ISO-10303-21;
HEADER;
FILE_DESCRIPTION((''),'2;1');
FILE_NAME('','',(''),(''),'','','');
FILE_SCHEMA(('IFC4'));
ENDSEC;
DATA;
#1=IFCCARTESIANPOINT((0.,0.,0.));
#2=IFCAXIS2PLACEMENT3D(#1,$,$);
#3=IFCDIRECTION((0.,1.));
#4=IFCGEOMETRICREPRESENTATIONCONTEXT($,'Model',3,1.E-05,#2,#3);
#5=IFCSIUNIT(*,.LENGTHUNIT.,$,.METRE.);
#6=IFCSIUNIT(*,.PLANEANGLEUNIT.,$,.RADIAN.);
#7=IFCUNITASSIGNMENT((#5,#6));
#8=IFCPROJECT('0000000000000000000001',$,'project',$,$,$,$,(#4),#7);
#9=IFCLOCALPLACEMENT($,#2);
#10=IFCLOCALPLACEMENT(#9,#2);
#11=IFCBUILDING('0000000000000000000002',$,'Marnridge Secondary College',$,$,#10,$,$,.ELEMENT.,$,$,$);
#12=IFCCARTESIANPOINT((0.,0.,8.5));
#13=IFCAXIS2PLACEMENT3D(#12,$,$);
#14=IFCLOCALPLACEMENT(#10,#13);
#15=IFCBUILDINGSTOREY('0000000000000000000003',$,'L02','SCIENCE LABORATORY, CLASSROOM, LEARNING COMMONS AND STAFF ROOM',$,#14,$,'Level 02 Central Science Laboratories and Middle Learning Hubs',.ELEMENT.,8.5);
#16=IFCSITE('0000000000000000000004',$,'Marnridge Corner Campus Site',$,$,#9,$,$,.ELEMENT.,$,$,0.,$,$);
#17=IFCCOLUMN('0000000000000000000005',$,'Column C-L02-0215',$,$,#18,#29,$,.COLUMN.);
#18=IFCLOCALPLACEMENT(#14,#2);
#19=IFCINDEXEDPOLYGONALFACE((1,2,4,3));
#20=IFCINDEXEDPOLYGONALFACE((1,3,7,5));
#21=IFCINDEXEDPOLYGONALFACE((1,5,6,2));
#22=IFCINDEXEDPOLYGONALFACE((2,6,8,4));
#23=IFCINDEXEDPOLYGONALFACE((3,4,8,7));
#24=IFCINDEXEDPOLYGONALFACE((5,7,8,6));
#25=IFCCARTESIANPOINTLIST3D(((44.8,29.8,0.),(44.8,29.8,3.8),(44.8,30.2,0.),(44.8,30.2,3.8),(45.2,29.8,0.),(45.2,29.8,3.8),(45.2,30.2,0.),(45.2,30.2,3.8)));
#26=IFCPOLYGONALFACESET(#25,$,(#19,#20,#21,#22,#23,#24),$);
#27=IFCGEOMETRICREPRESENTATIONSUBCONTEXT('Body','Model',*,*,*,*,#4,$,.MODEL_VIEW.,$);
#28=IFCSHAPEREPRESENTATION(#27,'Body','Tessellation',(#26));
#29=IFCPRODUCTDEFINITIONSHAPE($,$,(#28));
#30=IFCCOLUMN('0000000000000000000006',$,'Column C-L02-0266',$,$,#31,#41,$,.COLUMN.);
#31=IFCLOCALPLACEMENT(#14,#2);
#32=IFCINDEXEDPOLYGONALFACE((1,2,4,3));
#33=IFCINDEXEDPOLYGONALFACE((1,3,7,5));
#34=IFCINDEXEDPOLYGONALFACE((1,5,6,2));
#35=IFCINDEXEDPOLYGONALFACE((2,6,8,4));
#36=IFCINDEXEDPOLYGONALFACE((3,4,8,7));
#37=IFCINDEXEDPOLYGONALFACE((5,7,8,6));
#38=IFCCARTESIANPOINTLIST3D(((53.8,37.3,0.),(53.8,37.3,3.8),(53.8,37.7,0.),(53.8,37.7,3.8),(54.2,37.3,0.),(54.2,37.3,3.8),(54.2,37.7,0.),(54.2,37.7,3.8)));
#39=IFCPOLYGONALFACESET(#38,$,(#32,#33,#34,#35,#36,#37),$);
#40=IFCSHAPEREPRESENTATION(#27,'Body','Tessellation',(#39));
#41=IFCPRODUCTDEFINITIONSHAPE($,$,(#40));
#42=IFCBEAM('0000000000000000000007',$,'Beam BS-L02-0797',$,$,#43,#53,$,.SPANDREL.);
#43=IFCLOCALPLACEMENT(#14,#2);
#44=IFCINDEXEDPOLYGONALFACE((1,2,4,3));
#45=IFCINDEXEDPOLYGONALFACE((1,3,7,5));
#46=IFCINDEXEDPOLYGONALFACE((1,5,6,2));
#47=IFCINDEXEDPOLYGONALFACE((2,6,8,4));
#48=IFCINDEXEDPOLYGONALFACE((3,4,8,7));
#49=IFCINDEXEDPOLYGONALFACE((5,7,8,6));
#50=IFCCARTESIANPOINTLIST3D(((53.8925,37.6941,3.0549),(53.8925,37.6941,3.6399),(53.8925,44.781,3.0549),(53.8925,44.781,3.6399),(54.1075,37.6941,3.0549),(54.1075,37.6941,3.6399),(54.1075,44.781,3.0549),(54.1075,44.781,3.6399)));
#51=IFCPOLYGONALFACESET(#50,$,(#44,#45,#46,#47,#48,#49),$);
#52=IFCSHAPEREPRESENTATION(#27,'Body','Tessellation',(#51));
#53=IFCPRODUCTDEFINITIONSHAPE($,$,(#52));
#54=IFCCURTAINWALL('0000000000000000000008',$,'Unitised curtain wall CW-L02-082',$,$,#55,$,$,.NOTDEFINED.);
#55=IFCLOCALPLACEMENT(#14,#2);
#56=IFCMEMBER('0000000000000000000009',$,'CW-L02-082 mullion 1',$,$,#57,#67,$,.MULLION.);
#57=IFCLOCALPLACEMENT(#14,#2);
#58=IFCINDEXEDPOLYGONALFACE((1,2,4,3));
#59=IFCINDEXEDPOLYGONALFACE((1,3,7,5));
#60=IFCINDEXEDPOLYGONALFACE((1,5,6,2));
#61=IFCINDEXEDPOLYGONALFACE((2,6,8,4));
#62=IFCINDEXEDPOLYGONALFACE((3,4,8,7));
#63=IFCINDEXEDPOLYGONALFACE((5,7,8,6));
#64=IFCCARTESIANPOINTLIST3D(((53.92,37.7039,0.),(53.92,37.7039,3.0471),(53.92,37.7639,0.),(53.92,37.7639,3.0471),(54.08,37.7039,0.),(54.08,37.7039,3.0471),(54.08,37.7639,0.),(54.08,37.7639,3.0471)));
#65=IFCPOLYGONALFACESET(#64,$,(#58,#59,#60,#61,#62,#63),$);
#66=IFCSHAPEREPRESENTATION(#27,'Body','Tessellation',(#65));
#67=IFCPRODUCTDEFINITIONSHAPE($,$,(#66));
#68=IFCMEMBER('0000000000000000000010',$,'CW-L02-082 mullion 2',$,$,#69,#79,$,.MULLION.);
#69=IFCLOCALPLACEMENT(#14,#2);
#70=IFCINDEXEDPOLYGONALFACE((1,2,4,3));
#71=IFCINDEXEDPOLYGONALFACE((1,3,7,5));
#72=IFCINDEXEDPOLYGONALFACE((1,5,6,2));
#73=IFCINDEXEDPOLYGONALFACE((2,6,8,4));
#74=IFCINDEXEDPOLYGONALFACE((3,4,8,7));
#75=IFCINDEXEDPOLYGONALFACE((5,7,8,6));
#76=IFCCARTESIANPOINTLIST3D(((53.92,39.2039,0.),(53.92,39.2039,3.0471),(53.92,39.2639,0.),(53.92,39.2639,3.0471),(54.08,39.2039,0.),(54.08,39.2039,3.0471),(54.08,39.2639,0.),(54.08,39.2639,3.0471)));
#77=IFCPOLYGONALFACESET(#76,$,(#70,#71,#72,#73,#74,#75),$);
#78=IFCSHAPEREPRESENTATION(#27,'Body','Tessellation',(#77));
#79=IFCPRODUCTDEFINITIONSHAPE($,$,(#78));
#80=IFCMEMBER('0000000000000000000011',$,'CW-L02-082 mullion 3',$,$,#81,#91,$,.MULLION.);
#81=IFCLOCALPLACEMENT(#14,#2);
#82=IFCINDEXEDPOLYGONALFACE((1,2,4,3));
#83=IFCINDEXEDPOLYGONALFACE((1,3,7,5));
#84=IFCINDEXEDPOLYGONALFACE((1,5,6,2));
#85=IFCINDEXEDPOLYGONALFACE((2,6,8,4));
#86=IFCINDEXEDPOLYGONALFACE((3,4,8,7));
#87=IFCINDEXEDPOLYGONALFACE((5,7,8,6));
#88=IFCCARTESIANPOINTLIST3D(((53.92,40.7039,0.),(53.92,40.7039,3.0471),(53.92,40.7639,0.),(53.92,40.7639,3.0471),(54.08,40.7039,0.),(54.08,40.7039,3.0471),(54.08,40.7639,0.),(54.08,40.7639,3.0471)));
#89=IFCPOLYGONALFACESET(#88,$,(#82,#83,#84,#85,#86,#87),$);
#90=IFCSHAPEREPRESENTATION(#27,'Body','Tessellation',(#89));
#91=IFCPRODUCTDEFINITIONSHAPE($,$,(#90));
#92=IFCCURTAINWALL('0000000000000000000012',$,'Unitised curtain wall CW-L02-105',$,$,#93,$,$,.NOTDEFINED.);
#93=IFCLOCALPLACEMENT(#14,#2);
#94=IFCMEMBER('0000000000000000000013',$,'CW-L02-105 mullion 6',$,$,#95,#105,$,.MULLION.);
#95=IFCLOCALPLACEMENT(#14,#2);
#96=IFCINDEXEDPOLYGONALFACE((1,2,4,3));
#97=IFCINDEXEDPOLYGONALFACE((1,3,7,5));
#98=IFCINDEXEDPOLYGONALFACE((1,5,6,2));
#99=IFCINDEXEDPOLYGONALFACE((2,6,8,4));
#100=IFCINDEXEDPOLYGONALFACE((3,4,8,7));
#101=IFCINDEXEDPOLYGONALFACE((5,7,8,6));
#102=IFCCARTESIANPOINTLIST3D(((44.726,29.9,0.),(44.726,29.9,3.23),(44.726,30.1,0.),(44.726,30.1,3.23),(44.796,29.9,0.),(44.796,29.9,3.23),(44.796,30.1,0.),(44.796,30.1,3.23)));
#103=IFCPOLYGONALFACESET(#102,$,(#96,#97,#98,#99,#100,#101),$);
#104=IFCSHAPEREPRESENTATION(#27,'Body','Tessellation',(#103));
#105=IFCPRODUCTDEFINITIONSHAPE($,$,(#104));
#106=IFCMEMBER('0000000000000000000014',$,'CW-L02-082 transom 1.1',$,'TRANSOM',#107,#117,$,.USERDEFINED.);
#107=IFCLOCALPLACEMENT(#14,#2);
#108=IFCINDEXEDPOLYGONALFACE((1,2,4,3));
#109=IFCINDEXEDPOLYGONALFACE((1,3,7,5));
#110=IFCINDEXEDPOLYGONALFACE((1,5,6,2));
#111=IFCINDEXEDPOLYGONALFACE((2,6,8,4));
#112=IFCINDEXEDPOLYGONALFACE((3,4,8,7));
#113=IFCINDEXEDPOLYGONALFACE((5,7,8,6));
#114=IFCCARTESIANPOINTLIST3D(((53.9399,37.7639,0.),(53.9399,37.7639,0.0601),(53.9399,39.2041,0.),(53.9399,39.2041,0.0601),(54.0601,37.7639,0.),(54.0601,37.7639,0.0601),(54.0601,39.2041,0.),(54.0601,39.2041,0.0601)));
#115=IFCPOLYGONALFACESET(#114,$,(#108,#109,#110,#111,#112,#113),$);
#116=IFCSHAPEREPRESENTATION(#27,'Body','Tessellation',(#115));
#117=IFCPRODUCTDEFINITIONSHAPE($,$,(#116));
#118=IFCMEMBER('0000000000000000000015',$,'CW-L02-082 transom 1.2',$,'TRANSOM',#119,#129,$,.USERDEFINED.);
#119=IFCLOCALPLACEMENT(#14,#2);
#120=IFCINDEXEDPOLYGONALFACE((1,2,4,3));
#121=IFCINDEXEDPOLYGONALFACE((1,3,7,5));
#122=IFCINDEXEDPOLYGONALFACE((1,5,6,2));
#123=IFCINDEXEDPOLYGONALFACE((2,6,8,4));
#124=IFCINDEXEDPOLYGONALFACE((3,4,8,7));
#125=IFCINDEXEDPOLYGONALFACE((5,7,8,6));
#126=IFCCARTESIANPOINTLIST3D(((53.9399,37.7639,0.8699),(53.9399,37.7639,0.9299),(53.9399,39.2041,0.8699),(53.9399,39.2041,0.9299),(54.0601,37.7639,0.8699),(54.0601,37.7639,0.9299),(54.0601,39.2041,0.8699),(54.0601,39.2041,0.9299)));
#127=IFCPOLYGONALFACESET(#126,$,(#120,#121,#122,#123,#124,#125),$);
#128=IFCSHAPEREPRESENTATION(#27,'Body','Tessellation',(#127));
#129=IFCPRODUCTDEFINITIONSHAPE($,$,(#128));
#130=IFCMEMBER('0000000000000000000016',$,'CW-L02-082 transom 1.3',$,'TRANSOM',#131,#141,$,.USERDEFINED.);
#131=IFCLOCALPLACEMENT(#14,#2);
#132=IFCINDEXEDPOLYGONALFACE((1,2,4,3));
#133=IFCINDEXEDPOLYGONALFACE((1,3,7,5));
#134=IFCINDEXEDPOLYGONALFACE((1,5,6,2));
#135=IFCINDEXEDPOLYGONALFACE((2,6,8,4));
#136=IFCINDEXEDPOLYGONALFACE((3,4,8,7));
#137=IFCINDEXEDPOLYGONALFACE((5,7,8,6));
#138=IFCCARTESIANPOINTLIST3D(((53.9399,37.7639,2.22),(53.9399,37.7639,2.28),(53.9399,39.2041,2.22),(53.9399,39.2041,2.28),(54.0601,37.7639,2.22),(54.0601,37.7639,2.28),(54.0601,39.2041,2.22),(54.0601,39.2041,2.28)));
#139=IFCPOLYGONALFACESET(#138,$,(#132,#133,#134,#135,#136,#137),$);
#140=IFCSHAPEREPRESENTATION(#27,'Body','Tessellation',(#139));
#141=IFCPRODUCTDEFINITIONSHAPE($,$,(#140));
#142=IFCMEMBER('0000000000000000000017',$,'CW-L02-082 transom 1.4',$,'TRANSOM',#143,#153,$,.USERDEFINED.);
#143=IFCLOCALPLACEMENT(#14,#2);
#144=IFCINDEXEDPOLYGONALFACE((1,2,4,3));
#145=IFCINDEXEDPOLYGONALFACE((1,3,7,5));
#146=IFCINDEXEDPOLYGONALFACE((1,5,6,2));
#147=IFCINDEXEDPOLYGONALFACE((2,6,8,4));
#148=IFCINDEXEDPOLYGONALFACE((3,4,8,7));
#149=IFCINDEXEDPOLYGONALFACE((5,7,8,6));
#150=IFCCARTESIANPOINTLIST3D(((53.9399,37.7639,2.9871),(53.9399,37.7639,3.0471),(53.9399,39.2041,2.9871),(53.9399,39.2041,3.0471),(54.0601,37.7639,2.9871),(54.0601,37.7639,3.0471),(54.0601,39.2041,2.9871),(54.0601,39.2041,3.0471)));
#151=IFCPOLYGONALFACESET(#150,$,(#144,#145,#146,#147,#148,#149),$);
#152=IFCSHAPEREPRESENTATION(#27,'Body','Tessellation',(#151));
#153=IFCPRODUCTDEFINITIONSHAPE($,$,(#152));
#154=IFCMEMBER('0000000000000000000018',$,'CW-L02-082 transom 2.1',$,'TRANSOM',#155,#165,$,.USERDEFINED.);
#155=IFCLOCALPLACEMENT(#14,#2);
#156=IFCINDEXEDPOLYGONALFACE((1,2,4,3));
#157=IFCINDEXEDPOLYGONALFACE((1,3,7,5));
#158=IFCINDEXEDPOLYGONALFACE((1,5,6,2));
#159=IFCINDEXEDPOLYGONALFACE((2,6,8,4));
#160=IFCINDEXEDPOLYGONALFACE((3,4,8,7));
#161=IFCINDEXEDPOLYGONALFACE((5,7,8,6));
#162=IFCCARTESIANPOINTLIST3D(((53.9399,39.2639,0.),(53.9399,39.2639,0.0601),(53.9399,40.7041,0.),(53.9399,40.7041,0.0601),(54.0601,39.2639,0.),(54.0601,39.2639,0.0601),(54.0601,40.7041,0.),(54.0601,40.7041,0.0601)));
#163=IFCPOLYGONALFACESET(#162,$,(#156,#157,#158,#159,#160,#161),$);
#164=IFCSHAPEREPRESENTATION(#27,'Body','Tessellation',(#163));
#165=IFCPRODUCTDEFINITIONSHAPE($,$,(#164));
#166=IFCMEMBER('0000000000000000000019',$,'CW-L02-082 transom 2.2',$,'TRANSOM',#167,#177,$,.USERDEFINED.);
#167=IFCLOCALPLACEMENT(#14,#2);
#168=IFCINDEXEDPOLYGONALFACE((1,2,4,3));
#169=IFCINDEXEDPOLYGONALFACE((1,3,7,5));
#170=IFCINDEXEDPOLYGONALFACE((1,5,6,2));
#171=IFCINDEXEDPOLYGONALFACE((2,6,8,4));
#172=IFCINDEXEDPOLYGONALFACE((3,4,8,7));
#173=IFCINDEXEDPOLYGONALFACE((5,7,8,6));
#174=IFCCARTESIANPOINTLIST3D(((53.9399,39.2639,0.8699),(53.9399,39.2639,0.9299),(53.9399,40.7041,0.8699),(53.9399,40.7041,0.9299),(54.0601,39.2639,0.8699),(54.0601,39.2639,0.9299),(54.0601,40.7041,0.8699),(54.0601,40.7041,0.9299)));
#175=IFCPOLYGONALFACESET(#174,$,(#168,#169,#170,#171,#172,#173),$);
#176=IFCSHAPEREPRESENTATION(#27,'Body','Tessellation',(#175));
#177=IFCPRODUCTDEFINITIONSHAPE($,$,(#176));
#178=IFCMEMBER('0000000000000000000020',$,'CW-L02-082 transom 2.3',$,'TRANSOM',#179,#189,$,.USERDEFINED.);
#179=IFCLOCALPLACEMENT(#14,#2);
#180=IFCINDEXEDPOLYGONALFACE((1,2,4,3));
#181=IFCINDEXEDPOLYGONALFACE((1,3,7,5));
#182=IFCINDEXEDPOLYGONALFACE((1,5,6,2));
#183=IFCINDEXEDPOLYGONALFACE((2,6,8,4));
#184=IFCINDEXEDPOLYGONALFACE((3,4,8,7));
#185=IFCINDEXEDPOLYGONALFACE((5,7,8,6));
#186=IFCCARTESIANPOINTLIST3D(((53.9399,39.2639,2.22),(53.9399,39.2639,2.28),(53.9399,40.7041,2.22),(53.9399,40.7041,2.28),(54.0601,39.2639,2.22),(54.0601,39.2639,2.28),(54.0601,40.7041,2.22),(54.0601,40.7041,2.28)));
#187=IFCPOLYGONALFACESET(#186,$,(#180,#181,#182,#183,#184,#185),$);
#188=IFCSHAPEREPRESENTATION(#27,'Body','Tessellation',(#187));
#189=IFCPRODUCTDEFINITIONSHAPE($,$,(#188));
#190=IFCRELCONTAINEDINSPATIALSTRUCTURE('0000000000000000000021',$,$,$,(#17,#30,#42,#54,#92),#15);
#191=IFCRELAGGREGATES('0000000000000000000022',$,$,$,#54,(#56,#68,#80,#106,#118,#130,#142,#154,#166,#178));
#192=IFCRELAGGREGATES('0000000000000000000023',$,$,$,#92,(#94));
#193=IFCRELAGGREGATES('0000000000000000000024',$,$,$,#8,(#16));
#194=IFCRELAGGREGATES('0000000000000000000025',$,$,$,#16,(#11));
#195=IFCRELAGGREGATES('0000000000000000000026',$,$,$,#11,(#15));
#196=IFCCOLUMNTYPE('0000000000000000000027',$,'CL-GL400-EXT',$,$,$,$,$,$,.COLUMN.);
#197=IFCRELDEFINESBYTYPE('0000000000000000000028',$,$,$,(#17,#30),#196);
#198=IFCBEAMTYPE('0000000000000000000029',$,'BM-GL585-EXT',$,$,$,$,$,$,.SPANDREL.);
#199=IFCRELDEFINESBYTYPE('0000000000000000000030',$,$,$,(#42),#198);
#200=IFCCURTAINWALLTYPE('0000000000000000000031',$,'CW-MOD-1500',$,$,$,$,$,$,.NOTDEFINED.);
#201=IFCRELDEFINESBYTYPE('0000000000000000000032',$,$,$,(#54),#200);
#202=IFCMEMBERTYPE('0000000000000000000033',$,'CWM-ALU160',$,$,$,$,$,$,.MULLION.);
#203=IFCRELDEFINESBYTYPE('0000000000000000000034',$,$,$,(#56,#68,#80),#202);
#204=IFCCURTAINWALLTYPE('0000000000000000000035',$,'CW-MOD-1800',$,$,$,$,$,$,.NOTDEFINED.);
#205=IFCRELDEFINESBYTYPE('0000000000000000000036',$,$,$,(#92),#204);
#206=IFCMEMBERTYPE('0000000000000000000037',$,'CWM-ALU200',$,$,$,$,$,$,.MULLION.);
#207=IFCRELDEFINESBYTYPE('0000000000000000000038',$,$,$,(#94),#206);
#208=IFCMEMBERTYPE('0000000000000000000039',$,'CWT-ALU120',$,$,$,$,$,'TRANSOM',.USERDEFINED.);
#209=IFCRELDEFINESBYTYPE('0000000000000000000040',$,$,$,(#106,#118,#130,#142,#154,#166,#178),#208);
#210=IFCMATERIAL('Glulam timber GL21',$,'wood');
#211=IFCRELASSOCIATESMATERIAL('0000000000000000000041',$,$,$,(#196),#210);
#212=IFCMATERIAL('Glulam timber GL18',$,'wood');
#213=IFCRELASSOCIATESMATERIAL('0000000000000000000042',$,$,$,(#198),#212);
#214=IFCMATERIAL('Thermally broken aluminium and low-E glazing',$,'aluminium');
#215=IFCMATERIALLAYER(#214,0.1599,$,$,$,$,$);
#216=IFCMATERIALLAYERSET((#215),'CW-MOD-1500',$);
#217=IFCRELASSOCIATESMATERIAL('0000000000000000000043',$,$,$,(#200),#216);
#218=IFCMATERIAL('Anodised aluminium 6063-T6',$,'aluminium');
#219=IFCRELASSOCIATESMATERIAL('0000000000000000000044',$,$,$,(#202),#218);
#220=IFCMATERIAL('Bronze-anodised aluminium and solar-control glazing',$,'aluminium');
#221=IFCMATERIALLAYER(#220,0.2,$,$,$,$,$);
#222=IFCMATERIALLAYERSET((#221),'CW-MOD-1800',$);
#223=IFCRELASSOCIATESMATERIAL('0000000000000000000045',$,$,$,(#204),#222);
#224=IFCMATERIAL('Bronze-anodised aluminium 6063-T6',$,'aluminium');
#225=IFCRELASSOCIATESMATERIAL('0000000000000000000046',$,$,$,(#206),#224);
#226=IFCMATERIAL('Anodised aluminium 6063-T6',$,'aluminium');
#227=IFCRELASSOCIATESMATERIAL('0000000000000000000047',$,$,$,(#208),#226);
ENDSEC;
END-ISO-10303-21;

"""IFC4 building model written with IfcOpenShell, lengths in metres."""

from ifc_helpers import new_model, si_unit, direction, frame, origin, origin_2d, place, context, subcontext, project, spatial, rectangle, extrude, material, layer, layer_set, material_profile, profile_set, type_object, element, aggregate, save


model = new_model("IFC4")

# Units and contexts
model_context = context("Model", 3, precision=1e-05, world=origin(), true_north=direction((0.0, 1.0)))
body_context = subcontext(model_context, "Body", "Model", "MODEL_VIEW")
ifc_project = project(units=[si_unit("LENGTHUNIT", "METRE"), si_unit("PLANEANGLEUNIT", "RADIAN")], contexts=[model_context])

# Site, building, storey
site_placement = place(None, origin())
site = spatial("IfcSite", under=ifc_project, at=site_placement, Name="Marnridge Corner Campus Site", CompositionType="ELEMENT", RefElevation=0.0)
building_placement = place(site_placement, origin())
building = spatial("IfcBuilding", under=site, at=building_placement, Name="Marnridge Secondary College", CompositionType="ELEMENT")
storey_placement = place(building_placement, frame((0.0, 0.0, 8.5)))
storey = spatial("IfcBuildingStorey", under=building, at=storey_placement, Name="L02", Description="SCIENCE LABORATORY, CLASSROOM, LEARNING COMMONS AND STAFF ROOM", LongName="Level 02 Central Science Laboratories and Middle Learning Hubs", CompositionType="ELEMENT", Elevation=8.5)

# Columns
ifc_material_1 = material(Name="Glulam timber GL21", Category="wood")
ifc_material_profile_1 = material_profile(ifc_material_1, rectangle(XDim=0.3999, YDim=0.3999, at=origin_2d()), Name="GL21 400x400")
ifc_profile_set_1 = profile_set([ifc_material_profile_1], Name="Glulam timber GL21")
column_type = type_object("IfcColumnType", Name="CL-GL400-EXT", PredefinedType="COLUMN", material=ifc_profile_set_1)
for number, where, z_axis, x_axis, name in (
    (1, (45.0, 30.0, 0.0), (0.0, 0.0, 1.0), (1.0, 0.0, 0.0), "Column C-L02-0215"),
    (2, (54.0, 37.5, 0.0), (0.0, 0.0, 1.0), (1.0, 0.0, 0.0), "Column C-L02-0266"),
):
    element("IfcColumn", number, at=place(storey_placement, frame(where, z_axis=z_axis, x_axis=x_axis)), inside=storey, type_object=column_type, Name=name, PredefinedType="COLUMN", context=body_context, shape_type="SweptSolid", body=[
        extrude(rectangle(XDim=0.3999, YDim=0.3999, at=origin_2d()), origin(), (0.0, 0.0, 1.0), 3.8),
    ])

# Beam
ifc_material_2 = material(Name="Glulam timber GL18", Category="wood")
ifc_material_profile_2 = material_profile(ifc_material_2, rectangle(XDim=0.2151, YDim=0.585, at=origin_2d()), Name="GL18 215x585")
ifc_profile_set_2 = profile_set([ifc_material_profile_2], Name="Glulam timber GL18")
beam_type = type_object("IfcBeamType", Name="BM-GL585-EXT", PredefinedType="SPANDREL", material=ifc_profile_set_2)
beam_placement = place(storey_placement, frame((54.0, 37.6941, 3.3474), z_axis=(0.0, 1.0, 0.0), x_axis=(-1.0, 0.0, 0.0)))
element("IfcBeam", 3, at=beam_placement, inside=storey, type_object=beam_type, Name="Beam BS-L02-0797", PredefinedType="SPANDREL", context=body_context, shape_type="SweptSolid", body=[
    extrude(rectangle(XDim=0.2151, YDim=0.585, at=origin_2d()), origin(), (0.0, 0.0, 1.0), 7.0869),
])

# Curtain wall, members
ifc_material_3 = material(Name="Thermally broken aluminium and low-E glazing", Category="aluminium")
ifc_layer_1 = layer(ifc_material_3, 0.1599)
ifc_layer_set_1 = layer_set([ifc_layer_1], Name="CW-MOD-1500")
curtain_wall_type_1 = type_object("IfcCurtainWallType", Name="CW-MOD-1500", PredefinedType="NOTDEFINED", material=ifc_layer_set_1)
curtain_wall_1_placement = place(storey_placement, origin())
curtain_wall_1 = element("IfcCurtainWall", 4, at=curtain_wall_1_placement, inside=storey, type_object=curtain_wall_type_1, Name="Unitised curtain wall CW-L02-082", PredefinedType="NOTDEFINED")
ifc_material_4 = material(Name="Anodised aluminium 6063-T6", Category="aluminium")
ifc_material_profile_3 = material_profile(ifc_material_4, rectangle(XDim=0.0601, YDim=0.1599, at=origin_2d()), Name="ALU 60x160")
ifc_profile_set_3 = profile_set([ifc_material_profile_3], Name="Anodised aluminium 6063-T6")
member_type_1 = type_object("IfcMemberType", Name="CWM-ALU160", PredefinedType="MULLION", material=ifc_profile_set_3)
member_1_placement = place(storey_placement, frame((54.0, 37.7339, 0.0), z_axis=(0.0, 0.0, 1.0), x_axis=(0.0, 1.0, 0.0)))
member_1 = element("IfcMember", 5, at=member_1_placement, type_object=member_type_1, Name="CW-L02-082 mullion 1", PredefinedType="MULLION", context=body_context, shape_type="SweptSolid", body=[
    extrude(rectangle(XDim=0.0601, YDim=0.1599, at=origin_2d()), origin(), (0.0, 0.0, 1.0), 3.0471),
])
member_2_placement = place(storey_placement, frame((54.0, 39.2339, 0.0), z_axis=(0.0, 0.0, 1.0), x_axis=(0.0, 1.0, 0.0)))
member_2 = element("IfcMember", 6, at=member_2_placement, type_object=member_type_1, Name="CW-L02-082 mullion 2", PredefinedType="MULLION", context=body_context, shape_type="SweptSolid", body=[
    extrude(rectangle(XDim=0.0601, YDim=0.1599, at=origin_2d()), origin(), (0.0, 0.0, 1.0), 3.0471),
])
member_3_placement = place(storey_placement, frame((54.0, 40.7339, 0.0), z_axis=(0.0, 0.0, 1.0), x_axis=(0.0, 1.0, 0.0)))
member_3 = element("IfcMember", 7, at=member_3_placement, type_object=member_type_1, Name="CW-L02-082 mullion 3", PredefinedType="MULLION", context=body_context, shape_type="SweptSolid", body=[
    extrude(rectangle(XDim=0.0601, YDim=0.1599, at=origin_2d()), origin(), (0.0, 0.0, 1.0), 3.0471),
])

# Curtain wall, member
ifc_material_5 = material(Name="Bronze-anodised aluminium and solar-control glazing", Category="aluminium")
ifc_layer_2 = layer(ifc_material_5, 0.2)
ifc_layer_set_2 = layer_set([ifc_layer_2], Name="CW-MOD-1800")
curtain_wall_type_2 = type_object("IfcCurtainWallType", Name="CW-MOD-1800", PredefinedType="NOTDEFINED", material=ifc_layer_set_2)
curtain_wall_2_placement = place(storey_placement, origin())
curtain_wall_2 = element("IfcCurtainWall", 8, at=curtain_wall_2_placement, inside=storey, type_object=curtain_wall_type_2, Name="Unitised curtain wall CW-L02-105", PredefinedType="NOTDEFINED")
ifc_material_6 = material(Name="Bronze-anodised aluminium 6063-T6", Category="aluminium")
ifc_material_profile_4 = material_profile(ifc_material_6, rectangle(XDim=0.0701, YDim=0.2, at=origin_2d()), Name="ALU 70x200")
ifc_profile_set_4 = profile_set([ifc_material_profile_4], Name="Bronze-anodised aluminium 6063-T6")
member_type_2 = type_object("IfcMemberType", Name="CWM-ALU200", PredefinedType="MULLION", material=ifc_profile_set_4)
member_4_placement = place(storey_placement, frame((44.761, 30.0, 0.0), z_axis=(0.0, 0.0, 1.0), x_axis=(1.0, 0.0, 0.0)))
member_4 = element("IfcMember", 9, at=member_4_placement, type_object=member_type_2, Name="CW-L02-105 mullion 6", PredefinedType="MULLION", context=body_context, shape_type="SweptSolid", body=[
    extrude(rectangle(XDim=0.0701, YDim=0.2, at=origin_2d()), origin(), (0.0, 0.0, 1.0), 3.23),
])

# Members
ifc_material_7 = material(Name="Anodised aluminium 6063-T6", Category="aluminium")
ifc_material_profile_5 = material_profile(ifc_material_7, rectangle(XDim=0.0601, YDim=0.1201, at=origin_2d()), Name="ALU 60x120")
ifc_profile_set_5 = profile_set([ifc_material_profile_5], Name="Anodised aluminium 6063-T6")
member_type_3 = type_object("IfcMemberType", Name="CWT-ALU120", ElementType="TRANSOM", PredefinedType="USERDEFINED", material=ifc_profile_set_5)
member_5_placement = place(storey_placement, frame((54.0, 37.7639, 0.03), z_axis=(0.0, 1.0, 0.0), x_axis=(0.0, 0.0, 1.0)))
member_5 = element("IfcMember", 10, at=member_5_placement, type_object=member_type_3, Name="CW-L02-082 transom 1.1", ObjectType="TRANSOM", PredefinedType="USERDEFINED", context=body_context, shape_type="SweptSolid", body=[
    extrude(rectangle(XDim=0.0601, YDim=0.1201, at=origin_2d()), origin(), (0.0, 0.0, 1.0), 1.4402),
])
member_6_placement = place(storey_placement, frame((54.0, 37.7639, 0.8999), z_axis=(0.0, 1.0, 0.0), x_axis=(0.0, 0.0, 1.0)))
member_6 = element("IfcMember", 11, at=member_6_placement, type_object=member_type_3, Name="CW-L02-082 transom 1.2", ObjectType="TRANSOM", PredefinedType="USERDEFINED", context=body_context, shape_type="SweptSolid", body=[
    extrude(rectangle(XDim=0.0601, YDim=0.1201, at=origin_2d()), origin(), (0.0, 0.0, 1.0), 1.4402),
])
member_7_placement = place(storey_placement, frame((54.0, 37.7639, 2.25), z_axis=(0.0, 1.0, 0.0), x_axis=(0.0, 0.0, 1.0)))
member_7 = element("IfcMember", 12, at=member_7_placement, type_object=member_type_3, Name="CW-L02-082 transom 1.3", ObjectType="TRANSOM", PredefinedType="USERDEFINED", context=body_context, shape_type="SweptSolid", body=[
    extrude(rectangle(XDim=0.0601, YDim=0.1201, at=origin_2d()), origin(), (0.0, 0.0, 1.0), 1.4402),
])
member_8_placement = place(storey_placement, frame((54.0, 37.7639, 3.0171), z_axis=(0.0, 1.0, 0.0), x_axis=(0.0, 0.0, 1.0)))
member_8 = element("IfcMember", 13, at=member_8_placement, type_object=member_type_3, Name="CW-L02-082 transom 1.4", ObjectType="TRANSOM", PredefinedType="USERDEFINED", context=body_context, shape_type="SweptSolid", body=[
    extrude(rectangle(XDim=0.0601, YDim=0.1201, at=origin_2d()), origin(), (0.0, 0.0, 1.0), 1.4402),
])
member_9_placement = place(storey_placement, frame((54.0, 39.2639, 0.03), z_axis=(0.0, 1.0, 0.0), x_axis=(0.0, 0.0, 1.0)))
member_9 = element("IfcMember", 14, at=member_9_placement, type_object=member_type_3, Name="CW-L02-082 transom 2.1", ObjectType="TRANSOM", PredefinedType="USERDEFINED", context=body_context, shape_type="SweptSolid", body=[
    extrude(rectangle(XDim=0.0601, YDim=0.1201, at=origin_2d()), origin(), (0.0, 0.0, 1.0), 1.4402),
])
member_10_placement = place(storey_placement, frame((54.0, 39.2639, 0.8999), z_axis=(0.0, 1.0, 0.0), x_axis=(0.0, 0.0, 1.0)))
member_10 = element("IfcMember", 15, at=member_10_placement, type_object=member_type_3, Name="CW-L02-082 transom 2.2", ObjectType="TRANSOM", PredefinedType="USERDEFINED", context=body_context, shape_type="SweptSolid", body=[
    extrude(rectangle(XDim=0.0601, YDim=0.1201, at=origin_2d()), origin(), (0.0, 0.0, 1.0), 1.4402),
])
member_11_placement = place(storey_placement, frame((54.0, 39.2639, 2.25), z_axis=(0.0, 1.0, 0.0), x_axis=(0.0, 0.0, 1.0)))
member_11 = element("IfcMember", 16, at=member_11_placement, type_object=member_type_3, Name="CW-L02-082 transom 2.3", ObjectType="TRANSOM", PredefinedType="USERDEFINED", context=body_context, shape_type="SweptSolid", body=[
    extrude(rectangle(XDim=0.0601, YDim=0.1201, at=origin_2d()), origin(), (0.0, 0.0, 1.0), 1.4402),
])

aggregate(curtain_wall_1, [member_1, member_2, member_3, member_5, member_6, member_7, member_8, member_9, member_10, member_11])
aggregate(curtain_wall_2, [member_4])

save(model, "model.ifc")
